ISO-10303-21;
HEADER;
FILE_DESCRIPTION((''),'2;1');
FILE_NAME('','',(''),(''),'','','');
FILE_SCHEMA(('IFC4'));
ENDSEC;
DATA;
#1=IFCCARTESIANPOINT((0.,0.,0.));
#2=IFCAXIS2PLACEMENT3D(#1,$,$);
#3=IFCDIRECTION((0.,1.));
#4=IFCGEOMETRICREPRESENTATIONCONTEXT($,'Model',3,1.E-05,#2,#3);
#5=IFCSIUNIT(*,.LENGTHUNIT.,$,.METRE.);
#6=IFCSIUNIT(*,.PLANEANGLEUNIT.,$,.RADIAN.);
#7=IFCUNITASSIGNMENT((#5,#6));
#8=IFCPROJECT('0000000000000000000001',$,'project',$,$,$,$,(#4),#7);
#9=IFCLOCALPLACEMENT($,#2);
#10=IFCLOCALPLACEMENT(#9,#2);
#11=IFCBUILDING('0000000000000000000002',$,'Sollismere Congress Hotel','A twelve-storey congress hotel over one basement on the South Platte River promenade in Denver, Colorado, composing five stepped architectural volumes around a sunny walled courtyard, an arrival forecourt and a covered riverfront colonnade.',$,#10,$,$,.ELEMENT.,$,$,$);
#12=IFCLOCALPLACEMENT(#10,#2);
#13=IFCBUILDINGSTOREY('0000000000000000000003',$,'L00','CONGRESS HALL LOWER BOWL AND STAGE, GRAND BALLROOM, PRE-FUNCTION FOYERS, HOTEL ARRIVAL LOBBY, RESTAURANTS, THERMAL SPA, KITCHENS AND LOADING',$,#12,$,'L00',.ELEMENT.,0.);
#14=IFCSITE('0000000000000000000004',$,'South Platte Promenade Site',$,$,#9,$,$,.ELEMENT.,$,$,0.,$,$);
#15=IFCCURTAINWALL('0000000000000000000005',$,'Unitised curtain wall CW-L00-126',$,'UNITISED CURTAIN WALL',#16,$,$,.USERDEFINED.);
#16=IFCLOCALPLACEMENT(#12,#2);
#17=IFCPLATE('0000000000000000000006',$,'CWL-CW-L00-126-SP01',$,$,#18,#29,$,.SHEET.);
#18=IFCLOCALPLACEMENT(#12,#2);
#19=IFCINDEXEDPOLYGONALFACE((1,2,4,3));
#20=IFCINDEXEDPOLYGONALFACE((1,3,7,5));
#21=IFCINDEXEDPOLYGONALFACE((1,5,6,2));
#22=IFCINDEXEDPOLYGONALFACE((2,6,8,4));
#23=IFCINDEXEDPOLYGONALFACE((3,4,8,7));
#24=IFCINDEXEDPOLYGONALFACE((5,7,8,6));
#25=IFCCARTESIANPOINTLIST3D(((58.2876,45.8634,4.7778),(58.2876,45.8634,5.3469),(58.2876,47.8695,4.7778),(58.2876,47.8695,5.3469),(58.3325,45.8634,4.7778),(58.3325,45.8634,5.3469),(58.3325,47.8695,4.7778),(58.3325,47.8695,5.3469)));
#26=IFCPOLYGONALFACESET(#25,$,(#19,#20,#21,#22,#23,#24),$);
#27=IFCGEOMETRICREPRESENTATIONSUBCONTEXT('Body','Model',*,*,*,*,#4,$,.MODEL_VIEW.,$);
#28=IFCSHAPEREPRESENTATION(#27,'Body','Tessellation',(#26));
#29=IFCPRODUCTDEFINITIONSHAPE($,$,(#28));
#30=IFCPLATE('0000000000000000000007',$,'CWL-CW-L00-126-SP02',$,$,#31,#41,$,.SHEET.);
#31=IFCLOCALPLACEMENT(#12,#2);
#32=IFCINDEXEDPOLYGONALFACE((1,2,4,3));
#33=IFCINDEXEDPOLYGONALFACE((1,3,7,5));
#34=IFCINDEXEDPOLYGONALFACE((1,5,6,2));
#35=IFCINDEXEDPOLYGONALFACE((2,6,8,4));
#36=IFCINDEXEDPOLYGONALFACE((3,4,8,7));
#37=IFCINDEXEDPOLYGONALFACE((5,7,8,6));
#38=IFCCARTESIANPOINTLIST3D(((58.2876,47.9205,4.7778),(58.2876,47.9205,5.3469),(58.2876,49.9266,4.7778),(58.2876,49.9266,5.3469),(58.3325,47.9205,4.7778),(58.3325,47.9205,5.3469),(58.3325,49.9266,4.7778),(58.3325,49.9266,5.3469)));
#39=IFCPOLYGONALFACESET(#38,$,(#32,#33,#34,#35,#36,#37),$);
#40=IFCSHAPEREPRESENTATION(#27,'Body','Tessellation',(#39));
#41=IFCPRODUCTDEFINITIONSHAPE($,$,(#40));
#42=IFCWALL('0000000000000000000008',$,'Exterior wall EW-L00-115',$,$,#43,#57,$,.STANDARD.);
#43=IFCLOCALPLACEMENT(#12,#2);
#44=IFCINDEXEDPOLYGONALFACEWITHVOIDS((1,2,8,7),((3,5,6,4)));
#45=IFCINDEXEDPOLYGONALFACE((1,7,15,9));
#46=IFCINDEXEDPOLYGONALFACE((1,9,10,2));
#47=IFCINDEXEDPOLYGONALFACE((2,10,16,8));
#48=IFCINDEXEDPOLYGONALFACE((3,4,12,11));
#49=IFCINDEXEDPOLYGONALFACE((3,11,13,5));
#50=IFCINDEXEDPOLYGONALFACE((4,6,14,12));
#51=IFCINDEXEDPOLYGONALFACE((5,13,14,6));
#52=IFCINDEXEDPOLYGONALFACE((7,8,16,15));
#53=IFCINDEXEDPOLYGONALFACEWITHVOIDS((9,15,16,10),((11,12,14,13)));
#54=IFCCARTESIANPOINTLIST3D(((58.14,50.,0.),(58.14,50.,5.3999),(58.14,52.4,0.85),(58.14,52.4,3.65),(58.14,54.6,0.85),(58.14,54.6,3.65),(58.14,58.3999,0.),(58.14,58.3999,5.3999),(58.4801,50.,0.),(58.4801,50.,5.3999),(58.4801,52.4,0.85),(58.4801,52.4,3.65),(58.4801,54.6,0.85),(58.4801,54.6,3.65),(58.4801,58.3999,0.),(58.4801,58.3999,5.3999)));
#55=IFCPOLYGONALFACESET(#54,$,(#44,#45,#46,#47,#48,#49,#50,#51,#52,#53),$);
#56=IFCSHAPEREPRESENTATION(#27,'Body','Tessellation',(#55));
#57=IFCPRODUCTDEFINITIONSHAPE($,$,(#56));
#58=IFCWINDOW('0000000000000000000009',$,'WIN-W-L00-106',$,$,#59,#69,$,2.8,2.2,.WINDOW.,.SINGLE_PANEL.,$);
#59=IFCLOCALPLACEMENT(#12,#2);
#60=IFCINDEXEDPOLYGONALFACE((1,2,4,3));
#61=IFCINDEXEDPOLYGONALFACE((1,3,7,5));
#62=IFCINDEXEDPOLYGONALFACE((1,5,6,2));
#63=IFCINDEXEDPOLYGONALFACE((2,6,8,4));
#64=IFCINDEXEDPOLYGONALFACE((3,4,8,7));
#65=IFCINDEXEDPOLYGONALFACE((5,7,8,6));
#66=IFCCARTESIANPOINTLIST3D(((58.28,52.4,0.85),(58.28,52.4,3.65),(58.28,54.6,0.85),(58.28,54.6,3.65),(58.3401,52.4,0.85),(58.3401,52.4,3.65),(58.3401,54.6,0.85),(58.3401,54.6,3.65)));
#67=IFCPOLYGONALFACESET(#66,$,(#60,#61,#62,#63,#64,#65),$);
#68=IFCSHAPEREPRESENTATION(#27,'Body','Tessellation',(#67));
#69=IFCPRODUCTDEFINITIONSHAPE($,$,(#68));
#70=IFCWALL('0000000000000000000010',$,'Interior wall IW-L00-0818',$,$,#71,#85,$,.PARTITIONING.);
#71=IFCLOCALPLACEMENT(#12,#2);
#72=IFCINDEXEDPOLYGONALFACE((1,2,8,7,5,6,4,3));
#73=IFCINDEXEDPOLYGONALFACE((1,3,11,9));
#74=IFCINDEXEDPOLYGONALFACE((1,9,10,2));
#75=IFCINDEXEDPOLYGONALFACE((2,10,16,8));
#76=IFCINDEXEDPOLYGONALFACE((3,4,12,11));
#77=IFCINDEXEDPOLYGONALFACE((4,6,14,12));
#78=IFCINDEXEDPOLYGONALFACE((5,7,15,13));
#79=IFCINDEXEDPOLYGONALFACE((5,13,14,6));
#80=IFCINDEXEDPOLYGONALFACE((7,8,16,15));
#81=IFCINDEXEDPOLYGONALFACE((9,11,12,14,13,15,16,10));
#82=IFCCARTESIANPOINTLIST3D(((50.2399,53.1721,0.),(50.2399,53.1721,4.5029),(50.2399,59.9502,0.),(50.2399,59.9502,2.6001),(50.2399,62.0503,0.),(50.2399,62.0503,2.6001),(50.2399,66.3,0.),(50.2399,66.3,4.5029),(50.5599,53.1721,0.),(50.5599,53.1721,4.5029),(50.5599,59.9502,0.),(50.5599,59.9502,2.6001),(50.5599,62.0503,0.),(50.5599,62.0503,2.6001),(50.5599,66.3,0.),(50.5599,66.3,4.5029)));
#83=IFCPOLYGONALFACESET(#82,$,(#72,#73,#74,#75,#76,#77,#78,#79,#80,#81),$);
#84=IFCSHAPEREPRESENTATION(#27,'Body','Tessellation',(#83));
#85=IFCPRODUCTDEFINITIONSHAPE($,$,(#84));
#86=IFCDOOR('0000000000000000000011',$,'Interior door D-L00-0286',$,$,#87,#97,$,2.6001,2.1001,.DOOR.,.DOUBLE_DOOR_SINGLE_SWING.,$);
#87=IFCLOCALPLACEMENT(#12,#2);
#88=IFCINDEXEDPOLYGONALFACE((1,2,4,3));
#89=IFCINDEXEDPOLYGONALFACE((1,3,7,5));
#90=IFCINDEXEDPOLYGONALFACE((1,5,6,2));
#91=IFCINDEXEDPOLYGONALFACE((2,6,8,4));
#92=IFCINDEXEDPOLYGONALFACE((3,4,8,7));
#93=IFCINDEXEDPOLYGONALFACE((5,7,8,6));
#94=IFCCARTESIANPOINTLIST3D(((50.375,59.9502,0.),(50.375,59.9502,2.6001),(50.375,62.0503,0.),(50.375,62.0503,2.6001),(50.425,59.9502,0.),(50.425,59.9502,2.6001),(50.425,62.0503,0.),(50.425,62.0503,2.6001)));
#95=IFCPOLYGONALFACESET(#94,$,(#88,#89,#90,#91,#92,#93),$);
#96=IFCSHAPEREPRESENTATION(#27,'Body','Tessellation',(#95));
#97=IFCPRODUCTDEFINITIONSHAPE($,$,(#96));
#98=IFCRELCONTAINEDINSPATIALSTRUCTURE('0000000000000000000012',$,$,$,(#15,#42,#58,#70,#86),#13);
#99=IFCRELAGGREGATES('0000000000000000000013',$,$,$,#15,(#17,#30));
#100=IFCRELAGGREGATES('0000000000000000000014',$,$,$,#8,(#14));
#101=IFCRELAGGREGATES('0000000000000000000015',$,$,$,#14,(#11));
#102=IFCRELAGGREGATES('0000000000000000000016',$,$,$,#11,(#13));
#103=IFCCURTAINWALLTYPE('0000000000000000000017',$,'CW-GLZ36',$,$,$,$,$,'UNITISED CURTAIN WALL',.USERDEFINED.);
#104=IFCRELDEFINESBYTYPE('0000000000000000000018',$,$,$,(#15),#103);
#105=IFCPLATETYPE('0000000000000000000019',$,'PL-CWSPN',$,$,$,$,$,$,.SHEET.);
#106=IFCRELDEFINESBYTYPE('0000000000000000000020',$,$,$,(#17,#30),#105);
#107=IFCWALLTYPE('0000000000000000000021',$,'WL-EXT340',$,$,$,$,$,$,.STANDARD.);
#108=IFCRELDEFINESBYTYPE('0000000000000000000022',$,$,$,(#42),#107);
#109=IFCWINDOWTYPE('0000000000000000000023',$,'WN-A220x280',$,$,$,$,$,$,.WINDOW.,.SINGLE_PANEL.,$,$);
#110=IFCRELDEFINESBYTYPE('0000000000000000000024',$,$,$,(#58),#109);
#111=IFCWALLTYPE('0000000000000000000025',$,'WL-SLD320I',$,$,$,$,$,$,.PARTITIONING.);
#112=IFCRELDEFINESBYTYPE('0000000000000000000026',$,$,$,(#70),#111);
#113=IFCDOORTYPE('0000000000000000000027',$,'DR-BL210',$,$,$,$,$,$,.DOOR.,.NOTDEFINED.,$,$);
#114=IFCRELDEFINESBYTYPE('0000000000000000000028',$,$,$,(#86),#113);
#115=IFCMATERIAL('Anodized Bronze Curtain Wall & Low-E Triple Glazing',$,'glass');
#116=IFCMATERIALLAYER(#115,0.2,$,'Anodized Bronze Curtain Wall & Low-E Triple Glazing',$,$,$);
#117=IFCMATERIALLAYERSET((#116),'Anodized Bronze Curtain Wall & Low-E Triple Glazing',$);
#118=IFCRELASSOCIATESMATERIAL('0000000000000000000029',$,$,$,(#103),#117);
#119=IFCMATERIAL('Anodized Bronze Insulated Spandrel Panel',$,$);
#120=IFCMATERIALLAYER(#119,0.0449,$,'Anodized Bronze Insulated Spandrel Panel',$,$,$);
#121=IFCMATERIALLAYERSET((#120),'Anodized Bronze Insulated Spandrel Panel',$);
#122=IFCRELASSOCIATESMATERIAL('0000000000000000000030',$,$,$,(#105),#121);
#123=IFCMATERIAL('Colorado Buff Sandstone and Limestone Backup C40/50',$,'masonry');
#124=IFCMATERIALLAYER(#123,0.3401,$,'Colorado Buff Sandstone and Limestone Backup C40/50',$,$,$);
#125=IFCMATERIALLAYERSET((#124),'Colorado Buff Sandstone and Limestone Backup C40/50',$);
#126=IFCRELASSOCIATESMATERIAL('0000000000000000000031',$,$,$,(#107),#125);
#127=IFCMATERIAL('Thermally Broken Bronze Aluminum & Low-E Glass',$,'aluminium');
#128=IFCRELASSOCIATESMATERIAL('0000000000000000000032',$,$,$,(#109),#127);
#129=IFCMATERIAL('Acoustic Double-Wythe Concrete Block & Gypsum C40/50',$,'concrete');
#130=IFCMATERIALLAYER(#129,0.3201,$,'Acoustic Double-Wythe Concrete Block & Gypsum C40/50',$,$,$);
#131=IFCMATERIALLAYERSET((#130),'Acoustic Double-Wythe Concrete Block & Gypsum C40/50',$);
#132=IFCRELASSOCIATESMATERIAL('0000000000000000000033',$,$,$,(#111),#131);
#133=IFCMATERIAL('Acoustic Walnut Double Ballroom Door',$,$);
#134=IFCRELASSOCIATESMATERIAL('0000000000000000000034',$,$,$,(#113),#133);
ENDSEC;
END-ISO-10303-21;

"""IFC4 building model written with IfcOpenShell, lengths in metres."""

from ifc_helpers import new_model, si_unit, direction, frame, frame_2d, origin, origin_2d, place, context, subcontext, project, spatial, rectangle, extrude, material, layer, layer_set, type_object, element, fill, aggregate, save


model = new_model("IFC4")

# Units and contexts
model_context = context("Model", 3, precision=1e-05, world=origin(), true_north=direction((0.0, 1.0)))
body_context = subcontext(model_context, "Body", "Model", "MODEL_VIEW")
ifc_project = project(units=[si_unit("LENGTHUNIT", "METRE"), si_unit("PLANEANGLEUNIT", "RADIAN")], contexts=[model_context])

# Site, building, storey
site_placement = place(None, origin())
site = spatial("IfcSite", under=ifc_project, at=site_placement, Name="South Platte Promenade Site", CompositionType="ELEMENT", RefElevation=0.0)
building_placement = place(site_placement, origin())
building = spatial("IfcBuilding", under=site, at=building_placement, Name="Sollismere Congress Hotel", Description="A twelve-storey congress hotel over one basement on the South Platte River promenade in Denver, Colorado, composing five stepped architectural volumes around a sunny walled courtyard, an arrival forecourt and a covered riverfront colonnade.", CompositionType="ELEMENT")
storey_placement = place(building_placement, origin())
storey = spatial("IfcBuildingStorey", under=building, at=storey_placement, Name="L00", Description="CONGRESS HALL LOWER BOWL AND STAGE, GRAND BALLROOM, PRE-FUNCTION FOYERS, HOTEL ARRIVAL LOBBY, RESTAURANTS, THERMAL SPA, KITCHENS AND LOADING", LongName="L00", CompositionType="ELEMENT", Elevation=0.0)

# Shared definitions
ifc_material_1 = material(Name="Anodized Bronze Curtain Wall & Low-E Triple Glazing", Category="glass")
ifc_layer_1 = layer(ifc_material_1, 0.2, Name="Anodized Bronze Curtain Wall & Low-E Triple Glazing")
ifc_layer_set_1 = layer_set([ifc_layer_1], Name="Anodized Bronze Curtain Wall & Low-E Triple Glazing")
curtain_wall_type = type_object("IfcCurtainWallType", Name="CW-GLZ36", ElementType="UNITISED CURTAIN WALL", PredefinedType="USERDEFINED", material=ifc_layer_set_1)

# Curtain wall, plates
curtain_wall_1_placement = place(storey_placement, origin())
curtain_wall_1 = element("IfcCurtainWall", 1, at=curtain_wall_1_placement, inside=storey, type_object=curtain_wall_type, Name="Unitised curtain wall CW-L00-126", ObjectType="UNITISED CURTAIN WALL", PredefinedType="USERDEFINED")
ifc_material_2 = material(Name="Anodized Bronze Insulated Spandrel Panel")
ifc_layer_2 = layer(ifc_material_2, 0.0449, Name="Anodized Bronze Insulated Spandrel Panel")
ifc_layer_set_2 = layer_set([ifc_layer_2], Name="Anodized Bronze Insulated Spandrel Panel")
plate_type_1 = type_object("IfcPlateType", Name="PL-CWSPN", PredefinedType="SHEET", material=ifc_layer_set_2)
plate_1_placement = place(storey_placement, frame((58.3101, 46.8665, 4.7778), z_axis=(0.0, 0.0, 1.0), x_axis=(0.0, 1.0, 0.0)))
plate_1 = element("IfcPlate", 2, at=plate_1_placement, type_object=plate_type_1, Name="CWL-CW-L00-126-SP01", PredefinedType="SHEET", context=body_context, shape_type="SweptSolid", body=[
    extrude(rectangle(XDim=2.0061, YDim=0.0449, at=origin_2d()), origin(), (0.0, 0.0, 1.0), 0.5691),
])
plate_2_placement = place(storey_placement, frame((58.3101, 48.9236, 4.7778), z_axis=(0.0, 0.0, 1.0), x_axis=(0.0, 1.0, 0.0)))
plate_2 = element("IfcPlate", 3, at=plate_2_placement, type_object=plate_type_1, Name="CWL-CW-L00-126-SP02", PredefinedType="SHEET", context=body_context, shape_type="SweptSolid", body=[
    extrude(rectangle(XDim=2.0061, YDim=0.0449, at=origin_2d()), origin(), (0.0, 0.0, 1.0), 0.5691),
])
aggregate(curtain_wall_1, [plate_1, plate_2])

# Wall, opening, window
ifc_material_3 = material(Name="Colorado Buff Sandstone and Limestone Backup C40/50", Category="masonry")
ifc_layer_3 = layer(ifc_material_3, 0.3401, Name="Colorado Buff Sandstone and Limestone Backup C40/50")
ifc_layer_set_3 = layer_set([ifc_layer_3], Name="Colorado Buff Sandstone and Limestone Backup C40/50")
wall_type_1 = type_object("IfcWallType", Name="WL-EXT340", PredefinedType="STANDARD", material=ifc_layer_set_3)
wall_1_placement = place(storey_placement, frame((58.3101, 50.0, 0.0), z_axis=(0.0, 0.0, 1.0), x_axis=(0.0, 1.0, 0.0)))
wall_1 = element("IfcWall", 4, at=wall_1_placement, inside=storey, type_object=wall_type_1, Name="Exterior wall EW-L00-115", PredefinedType="STANDARD", context=body_context, shape_type="SweptSolid", body=[
    extrude(rectangle(XDim=8.3999, YDim=0.3401, at=frame_2d((4.2, 0.0))), origin(), (0.0, 0.0, 1.0), 5.3999),
])
opening_1_placement = place(wall_1_placement, frame((2.3999, 0.0, 0.8501)))
opening_1 = element("IfcOpeningElement", 5, at=opening_1_placement, cuts=wall_1, PredefinedType="OPENING", context=body_context, shape_type="SweptSolid", body=[
    extrude(rectangle(XDim=2.2, YDim=2.8, at=frame_2d((1.1001, 1.3999))), frame((0.0, 0.1799, 0.0), z_axis=(0.0, -1.0, 0.0), x_axis=(1.0, 0.0, 0.0)), (0.0, 0.0, 1.0), 0.3601),
])
ifc_material_4 = material(Name="Thermally Broken Bronze Aluminum & Low-E Glass", Category="aluminium")
window_type = type_object("IfcWindowType", Name="WN-A220x280", PartitioningType="SINGLE_PANEL", PredefinedType="WINDOW", material=ifc_material_4)
window_placement = place(opening_1_placement, origin())
window = element("IfcWindow", 6, at=window_placement, inside=storey, type_object=window_type, Name="WIN-W-L00-106", OverallHeight=2.8, OverallWidth=2.2, PartitioningType="SINGLE_PANEL", PredefinedType="WINDOW", context=body_context, shape_type="SweptSolid", body=[
    extrude(rectangle(XDim=2.2, YDim=2.8, at=frame_2d((1.1001, 1.3999))), frame((0.0, 0.03, 0.0), z_axis=(0.0, -1.0, 0.0), x_axis=(1.0, 0.0, 0.0)), (0.0, 0.0, 1.0), 0.0601),
])
fill(opening_1, window)

# Wall, opening, door
ifc_material_5 = material(Name="Acoustic Double-Wythe Concrete Block & Gypsum C40/50", Category="concrete")
ifc_layer_4 = layer(ifc_material_5, 0.3201, Name="Acoustic Double-Wythe Concrete Block & Gypsum C40/50")
ifc_layer_set_4 = layer_set([ifc_layer_4], Name="Acoustic Double-Wythe Concrete Block & Gypsum C40/50")
wall_type_2 = type_object("IfcWallType", Name="WL-SLD320I", PredefinedType="PARTITIONING", material=ifc_layer_set_4)
wall_2_placement = place(storey_placement, frame((50.3999, 53.1721, 0.0), z_axis=(0.0, 0.0, 1.0), x_axis=(0.0, 1.0, 0.0)))
wall_2 = element("IfcWall", 7, at=wall_2_placement, inside=storey, type_object=wall_type_2, Name="Interior wall IW-L00-0818", PredefinedType="PARTITIONING", context=body_context, shape_type="SweptSolid", body=[
    extrude(rectangle(XDim=13.1279, YDim=0.3201, at=frame_2d((6.564, 0.0))), origin(), (0.0, 0.0, 1.0), 4.5029),
])
opening_2_placement = place(wall_2_placement, frame((6.7781, 0.0, 0.0)))
opening_2 = element("IfcOpeningElement", 8, at=opening_2_placement, cuts=wall_2, PredefinedType="OPENING", context=body_context, shape_type="SweptSolid", body=[
    extrude(rectangle(XDim=2.1001, YDim=2.6001, at=frame_2d((1.05, 1.3))), frame((0.0, 0.1699, 0.0), z_axis=(0.0, -1.0, 0.0), x_axis=(1.0, 0.0, 0.0)), (0.0, 0.0, 1.0), 0.3401),
])
ifc_material_6 = material(Name="Acoustic Walnut Double Ballroom Door")
door_type = type_object("IfcDoorType", Name="DR-BL210", OperationType="NOTDEFINED", PredefinedType="DOOR", material=ifc_material_6)
door_placement = place(opening_2_placement, origin())
door = element("IfcDoor", 9, at=door_placement, inside=storey, type_object=door_type, Name="Interior door D-L00-0286", OperationType="DOUBLE_DOOR_SINGLE_SWING", OverallHeight=2.6001, OverallWidth=2.1001, PredefinedType="DOOR", context=body_context, shape_type="SweptSolid", body=[
    extrude(rectangle(XDim=2.1001, YDim=2.6001, at=frame_2d((1.05, 1.3))), frame((0.0, 0.0249, 0.0), z_axis=(0.0, -1.0, 0.0), x_axis=(1.0, 0.0, 0.0)), (0.0, 0.0, 1.0), 0.05),
])
fill(opening_2, door)

save(model, "model.ifc")
